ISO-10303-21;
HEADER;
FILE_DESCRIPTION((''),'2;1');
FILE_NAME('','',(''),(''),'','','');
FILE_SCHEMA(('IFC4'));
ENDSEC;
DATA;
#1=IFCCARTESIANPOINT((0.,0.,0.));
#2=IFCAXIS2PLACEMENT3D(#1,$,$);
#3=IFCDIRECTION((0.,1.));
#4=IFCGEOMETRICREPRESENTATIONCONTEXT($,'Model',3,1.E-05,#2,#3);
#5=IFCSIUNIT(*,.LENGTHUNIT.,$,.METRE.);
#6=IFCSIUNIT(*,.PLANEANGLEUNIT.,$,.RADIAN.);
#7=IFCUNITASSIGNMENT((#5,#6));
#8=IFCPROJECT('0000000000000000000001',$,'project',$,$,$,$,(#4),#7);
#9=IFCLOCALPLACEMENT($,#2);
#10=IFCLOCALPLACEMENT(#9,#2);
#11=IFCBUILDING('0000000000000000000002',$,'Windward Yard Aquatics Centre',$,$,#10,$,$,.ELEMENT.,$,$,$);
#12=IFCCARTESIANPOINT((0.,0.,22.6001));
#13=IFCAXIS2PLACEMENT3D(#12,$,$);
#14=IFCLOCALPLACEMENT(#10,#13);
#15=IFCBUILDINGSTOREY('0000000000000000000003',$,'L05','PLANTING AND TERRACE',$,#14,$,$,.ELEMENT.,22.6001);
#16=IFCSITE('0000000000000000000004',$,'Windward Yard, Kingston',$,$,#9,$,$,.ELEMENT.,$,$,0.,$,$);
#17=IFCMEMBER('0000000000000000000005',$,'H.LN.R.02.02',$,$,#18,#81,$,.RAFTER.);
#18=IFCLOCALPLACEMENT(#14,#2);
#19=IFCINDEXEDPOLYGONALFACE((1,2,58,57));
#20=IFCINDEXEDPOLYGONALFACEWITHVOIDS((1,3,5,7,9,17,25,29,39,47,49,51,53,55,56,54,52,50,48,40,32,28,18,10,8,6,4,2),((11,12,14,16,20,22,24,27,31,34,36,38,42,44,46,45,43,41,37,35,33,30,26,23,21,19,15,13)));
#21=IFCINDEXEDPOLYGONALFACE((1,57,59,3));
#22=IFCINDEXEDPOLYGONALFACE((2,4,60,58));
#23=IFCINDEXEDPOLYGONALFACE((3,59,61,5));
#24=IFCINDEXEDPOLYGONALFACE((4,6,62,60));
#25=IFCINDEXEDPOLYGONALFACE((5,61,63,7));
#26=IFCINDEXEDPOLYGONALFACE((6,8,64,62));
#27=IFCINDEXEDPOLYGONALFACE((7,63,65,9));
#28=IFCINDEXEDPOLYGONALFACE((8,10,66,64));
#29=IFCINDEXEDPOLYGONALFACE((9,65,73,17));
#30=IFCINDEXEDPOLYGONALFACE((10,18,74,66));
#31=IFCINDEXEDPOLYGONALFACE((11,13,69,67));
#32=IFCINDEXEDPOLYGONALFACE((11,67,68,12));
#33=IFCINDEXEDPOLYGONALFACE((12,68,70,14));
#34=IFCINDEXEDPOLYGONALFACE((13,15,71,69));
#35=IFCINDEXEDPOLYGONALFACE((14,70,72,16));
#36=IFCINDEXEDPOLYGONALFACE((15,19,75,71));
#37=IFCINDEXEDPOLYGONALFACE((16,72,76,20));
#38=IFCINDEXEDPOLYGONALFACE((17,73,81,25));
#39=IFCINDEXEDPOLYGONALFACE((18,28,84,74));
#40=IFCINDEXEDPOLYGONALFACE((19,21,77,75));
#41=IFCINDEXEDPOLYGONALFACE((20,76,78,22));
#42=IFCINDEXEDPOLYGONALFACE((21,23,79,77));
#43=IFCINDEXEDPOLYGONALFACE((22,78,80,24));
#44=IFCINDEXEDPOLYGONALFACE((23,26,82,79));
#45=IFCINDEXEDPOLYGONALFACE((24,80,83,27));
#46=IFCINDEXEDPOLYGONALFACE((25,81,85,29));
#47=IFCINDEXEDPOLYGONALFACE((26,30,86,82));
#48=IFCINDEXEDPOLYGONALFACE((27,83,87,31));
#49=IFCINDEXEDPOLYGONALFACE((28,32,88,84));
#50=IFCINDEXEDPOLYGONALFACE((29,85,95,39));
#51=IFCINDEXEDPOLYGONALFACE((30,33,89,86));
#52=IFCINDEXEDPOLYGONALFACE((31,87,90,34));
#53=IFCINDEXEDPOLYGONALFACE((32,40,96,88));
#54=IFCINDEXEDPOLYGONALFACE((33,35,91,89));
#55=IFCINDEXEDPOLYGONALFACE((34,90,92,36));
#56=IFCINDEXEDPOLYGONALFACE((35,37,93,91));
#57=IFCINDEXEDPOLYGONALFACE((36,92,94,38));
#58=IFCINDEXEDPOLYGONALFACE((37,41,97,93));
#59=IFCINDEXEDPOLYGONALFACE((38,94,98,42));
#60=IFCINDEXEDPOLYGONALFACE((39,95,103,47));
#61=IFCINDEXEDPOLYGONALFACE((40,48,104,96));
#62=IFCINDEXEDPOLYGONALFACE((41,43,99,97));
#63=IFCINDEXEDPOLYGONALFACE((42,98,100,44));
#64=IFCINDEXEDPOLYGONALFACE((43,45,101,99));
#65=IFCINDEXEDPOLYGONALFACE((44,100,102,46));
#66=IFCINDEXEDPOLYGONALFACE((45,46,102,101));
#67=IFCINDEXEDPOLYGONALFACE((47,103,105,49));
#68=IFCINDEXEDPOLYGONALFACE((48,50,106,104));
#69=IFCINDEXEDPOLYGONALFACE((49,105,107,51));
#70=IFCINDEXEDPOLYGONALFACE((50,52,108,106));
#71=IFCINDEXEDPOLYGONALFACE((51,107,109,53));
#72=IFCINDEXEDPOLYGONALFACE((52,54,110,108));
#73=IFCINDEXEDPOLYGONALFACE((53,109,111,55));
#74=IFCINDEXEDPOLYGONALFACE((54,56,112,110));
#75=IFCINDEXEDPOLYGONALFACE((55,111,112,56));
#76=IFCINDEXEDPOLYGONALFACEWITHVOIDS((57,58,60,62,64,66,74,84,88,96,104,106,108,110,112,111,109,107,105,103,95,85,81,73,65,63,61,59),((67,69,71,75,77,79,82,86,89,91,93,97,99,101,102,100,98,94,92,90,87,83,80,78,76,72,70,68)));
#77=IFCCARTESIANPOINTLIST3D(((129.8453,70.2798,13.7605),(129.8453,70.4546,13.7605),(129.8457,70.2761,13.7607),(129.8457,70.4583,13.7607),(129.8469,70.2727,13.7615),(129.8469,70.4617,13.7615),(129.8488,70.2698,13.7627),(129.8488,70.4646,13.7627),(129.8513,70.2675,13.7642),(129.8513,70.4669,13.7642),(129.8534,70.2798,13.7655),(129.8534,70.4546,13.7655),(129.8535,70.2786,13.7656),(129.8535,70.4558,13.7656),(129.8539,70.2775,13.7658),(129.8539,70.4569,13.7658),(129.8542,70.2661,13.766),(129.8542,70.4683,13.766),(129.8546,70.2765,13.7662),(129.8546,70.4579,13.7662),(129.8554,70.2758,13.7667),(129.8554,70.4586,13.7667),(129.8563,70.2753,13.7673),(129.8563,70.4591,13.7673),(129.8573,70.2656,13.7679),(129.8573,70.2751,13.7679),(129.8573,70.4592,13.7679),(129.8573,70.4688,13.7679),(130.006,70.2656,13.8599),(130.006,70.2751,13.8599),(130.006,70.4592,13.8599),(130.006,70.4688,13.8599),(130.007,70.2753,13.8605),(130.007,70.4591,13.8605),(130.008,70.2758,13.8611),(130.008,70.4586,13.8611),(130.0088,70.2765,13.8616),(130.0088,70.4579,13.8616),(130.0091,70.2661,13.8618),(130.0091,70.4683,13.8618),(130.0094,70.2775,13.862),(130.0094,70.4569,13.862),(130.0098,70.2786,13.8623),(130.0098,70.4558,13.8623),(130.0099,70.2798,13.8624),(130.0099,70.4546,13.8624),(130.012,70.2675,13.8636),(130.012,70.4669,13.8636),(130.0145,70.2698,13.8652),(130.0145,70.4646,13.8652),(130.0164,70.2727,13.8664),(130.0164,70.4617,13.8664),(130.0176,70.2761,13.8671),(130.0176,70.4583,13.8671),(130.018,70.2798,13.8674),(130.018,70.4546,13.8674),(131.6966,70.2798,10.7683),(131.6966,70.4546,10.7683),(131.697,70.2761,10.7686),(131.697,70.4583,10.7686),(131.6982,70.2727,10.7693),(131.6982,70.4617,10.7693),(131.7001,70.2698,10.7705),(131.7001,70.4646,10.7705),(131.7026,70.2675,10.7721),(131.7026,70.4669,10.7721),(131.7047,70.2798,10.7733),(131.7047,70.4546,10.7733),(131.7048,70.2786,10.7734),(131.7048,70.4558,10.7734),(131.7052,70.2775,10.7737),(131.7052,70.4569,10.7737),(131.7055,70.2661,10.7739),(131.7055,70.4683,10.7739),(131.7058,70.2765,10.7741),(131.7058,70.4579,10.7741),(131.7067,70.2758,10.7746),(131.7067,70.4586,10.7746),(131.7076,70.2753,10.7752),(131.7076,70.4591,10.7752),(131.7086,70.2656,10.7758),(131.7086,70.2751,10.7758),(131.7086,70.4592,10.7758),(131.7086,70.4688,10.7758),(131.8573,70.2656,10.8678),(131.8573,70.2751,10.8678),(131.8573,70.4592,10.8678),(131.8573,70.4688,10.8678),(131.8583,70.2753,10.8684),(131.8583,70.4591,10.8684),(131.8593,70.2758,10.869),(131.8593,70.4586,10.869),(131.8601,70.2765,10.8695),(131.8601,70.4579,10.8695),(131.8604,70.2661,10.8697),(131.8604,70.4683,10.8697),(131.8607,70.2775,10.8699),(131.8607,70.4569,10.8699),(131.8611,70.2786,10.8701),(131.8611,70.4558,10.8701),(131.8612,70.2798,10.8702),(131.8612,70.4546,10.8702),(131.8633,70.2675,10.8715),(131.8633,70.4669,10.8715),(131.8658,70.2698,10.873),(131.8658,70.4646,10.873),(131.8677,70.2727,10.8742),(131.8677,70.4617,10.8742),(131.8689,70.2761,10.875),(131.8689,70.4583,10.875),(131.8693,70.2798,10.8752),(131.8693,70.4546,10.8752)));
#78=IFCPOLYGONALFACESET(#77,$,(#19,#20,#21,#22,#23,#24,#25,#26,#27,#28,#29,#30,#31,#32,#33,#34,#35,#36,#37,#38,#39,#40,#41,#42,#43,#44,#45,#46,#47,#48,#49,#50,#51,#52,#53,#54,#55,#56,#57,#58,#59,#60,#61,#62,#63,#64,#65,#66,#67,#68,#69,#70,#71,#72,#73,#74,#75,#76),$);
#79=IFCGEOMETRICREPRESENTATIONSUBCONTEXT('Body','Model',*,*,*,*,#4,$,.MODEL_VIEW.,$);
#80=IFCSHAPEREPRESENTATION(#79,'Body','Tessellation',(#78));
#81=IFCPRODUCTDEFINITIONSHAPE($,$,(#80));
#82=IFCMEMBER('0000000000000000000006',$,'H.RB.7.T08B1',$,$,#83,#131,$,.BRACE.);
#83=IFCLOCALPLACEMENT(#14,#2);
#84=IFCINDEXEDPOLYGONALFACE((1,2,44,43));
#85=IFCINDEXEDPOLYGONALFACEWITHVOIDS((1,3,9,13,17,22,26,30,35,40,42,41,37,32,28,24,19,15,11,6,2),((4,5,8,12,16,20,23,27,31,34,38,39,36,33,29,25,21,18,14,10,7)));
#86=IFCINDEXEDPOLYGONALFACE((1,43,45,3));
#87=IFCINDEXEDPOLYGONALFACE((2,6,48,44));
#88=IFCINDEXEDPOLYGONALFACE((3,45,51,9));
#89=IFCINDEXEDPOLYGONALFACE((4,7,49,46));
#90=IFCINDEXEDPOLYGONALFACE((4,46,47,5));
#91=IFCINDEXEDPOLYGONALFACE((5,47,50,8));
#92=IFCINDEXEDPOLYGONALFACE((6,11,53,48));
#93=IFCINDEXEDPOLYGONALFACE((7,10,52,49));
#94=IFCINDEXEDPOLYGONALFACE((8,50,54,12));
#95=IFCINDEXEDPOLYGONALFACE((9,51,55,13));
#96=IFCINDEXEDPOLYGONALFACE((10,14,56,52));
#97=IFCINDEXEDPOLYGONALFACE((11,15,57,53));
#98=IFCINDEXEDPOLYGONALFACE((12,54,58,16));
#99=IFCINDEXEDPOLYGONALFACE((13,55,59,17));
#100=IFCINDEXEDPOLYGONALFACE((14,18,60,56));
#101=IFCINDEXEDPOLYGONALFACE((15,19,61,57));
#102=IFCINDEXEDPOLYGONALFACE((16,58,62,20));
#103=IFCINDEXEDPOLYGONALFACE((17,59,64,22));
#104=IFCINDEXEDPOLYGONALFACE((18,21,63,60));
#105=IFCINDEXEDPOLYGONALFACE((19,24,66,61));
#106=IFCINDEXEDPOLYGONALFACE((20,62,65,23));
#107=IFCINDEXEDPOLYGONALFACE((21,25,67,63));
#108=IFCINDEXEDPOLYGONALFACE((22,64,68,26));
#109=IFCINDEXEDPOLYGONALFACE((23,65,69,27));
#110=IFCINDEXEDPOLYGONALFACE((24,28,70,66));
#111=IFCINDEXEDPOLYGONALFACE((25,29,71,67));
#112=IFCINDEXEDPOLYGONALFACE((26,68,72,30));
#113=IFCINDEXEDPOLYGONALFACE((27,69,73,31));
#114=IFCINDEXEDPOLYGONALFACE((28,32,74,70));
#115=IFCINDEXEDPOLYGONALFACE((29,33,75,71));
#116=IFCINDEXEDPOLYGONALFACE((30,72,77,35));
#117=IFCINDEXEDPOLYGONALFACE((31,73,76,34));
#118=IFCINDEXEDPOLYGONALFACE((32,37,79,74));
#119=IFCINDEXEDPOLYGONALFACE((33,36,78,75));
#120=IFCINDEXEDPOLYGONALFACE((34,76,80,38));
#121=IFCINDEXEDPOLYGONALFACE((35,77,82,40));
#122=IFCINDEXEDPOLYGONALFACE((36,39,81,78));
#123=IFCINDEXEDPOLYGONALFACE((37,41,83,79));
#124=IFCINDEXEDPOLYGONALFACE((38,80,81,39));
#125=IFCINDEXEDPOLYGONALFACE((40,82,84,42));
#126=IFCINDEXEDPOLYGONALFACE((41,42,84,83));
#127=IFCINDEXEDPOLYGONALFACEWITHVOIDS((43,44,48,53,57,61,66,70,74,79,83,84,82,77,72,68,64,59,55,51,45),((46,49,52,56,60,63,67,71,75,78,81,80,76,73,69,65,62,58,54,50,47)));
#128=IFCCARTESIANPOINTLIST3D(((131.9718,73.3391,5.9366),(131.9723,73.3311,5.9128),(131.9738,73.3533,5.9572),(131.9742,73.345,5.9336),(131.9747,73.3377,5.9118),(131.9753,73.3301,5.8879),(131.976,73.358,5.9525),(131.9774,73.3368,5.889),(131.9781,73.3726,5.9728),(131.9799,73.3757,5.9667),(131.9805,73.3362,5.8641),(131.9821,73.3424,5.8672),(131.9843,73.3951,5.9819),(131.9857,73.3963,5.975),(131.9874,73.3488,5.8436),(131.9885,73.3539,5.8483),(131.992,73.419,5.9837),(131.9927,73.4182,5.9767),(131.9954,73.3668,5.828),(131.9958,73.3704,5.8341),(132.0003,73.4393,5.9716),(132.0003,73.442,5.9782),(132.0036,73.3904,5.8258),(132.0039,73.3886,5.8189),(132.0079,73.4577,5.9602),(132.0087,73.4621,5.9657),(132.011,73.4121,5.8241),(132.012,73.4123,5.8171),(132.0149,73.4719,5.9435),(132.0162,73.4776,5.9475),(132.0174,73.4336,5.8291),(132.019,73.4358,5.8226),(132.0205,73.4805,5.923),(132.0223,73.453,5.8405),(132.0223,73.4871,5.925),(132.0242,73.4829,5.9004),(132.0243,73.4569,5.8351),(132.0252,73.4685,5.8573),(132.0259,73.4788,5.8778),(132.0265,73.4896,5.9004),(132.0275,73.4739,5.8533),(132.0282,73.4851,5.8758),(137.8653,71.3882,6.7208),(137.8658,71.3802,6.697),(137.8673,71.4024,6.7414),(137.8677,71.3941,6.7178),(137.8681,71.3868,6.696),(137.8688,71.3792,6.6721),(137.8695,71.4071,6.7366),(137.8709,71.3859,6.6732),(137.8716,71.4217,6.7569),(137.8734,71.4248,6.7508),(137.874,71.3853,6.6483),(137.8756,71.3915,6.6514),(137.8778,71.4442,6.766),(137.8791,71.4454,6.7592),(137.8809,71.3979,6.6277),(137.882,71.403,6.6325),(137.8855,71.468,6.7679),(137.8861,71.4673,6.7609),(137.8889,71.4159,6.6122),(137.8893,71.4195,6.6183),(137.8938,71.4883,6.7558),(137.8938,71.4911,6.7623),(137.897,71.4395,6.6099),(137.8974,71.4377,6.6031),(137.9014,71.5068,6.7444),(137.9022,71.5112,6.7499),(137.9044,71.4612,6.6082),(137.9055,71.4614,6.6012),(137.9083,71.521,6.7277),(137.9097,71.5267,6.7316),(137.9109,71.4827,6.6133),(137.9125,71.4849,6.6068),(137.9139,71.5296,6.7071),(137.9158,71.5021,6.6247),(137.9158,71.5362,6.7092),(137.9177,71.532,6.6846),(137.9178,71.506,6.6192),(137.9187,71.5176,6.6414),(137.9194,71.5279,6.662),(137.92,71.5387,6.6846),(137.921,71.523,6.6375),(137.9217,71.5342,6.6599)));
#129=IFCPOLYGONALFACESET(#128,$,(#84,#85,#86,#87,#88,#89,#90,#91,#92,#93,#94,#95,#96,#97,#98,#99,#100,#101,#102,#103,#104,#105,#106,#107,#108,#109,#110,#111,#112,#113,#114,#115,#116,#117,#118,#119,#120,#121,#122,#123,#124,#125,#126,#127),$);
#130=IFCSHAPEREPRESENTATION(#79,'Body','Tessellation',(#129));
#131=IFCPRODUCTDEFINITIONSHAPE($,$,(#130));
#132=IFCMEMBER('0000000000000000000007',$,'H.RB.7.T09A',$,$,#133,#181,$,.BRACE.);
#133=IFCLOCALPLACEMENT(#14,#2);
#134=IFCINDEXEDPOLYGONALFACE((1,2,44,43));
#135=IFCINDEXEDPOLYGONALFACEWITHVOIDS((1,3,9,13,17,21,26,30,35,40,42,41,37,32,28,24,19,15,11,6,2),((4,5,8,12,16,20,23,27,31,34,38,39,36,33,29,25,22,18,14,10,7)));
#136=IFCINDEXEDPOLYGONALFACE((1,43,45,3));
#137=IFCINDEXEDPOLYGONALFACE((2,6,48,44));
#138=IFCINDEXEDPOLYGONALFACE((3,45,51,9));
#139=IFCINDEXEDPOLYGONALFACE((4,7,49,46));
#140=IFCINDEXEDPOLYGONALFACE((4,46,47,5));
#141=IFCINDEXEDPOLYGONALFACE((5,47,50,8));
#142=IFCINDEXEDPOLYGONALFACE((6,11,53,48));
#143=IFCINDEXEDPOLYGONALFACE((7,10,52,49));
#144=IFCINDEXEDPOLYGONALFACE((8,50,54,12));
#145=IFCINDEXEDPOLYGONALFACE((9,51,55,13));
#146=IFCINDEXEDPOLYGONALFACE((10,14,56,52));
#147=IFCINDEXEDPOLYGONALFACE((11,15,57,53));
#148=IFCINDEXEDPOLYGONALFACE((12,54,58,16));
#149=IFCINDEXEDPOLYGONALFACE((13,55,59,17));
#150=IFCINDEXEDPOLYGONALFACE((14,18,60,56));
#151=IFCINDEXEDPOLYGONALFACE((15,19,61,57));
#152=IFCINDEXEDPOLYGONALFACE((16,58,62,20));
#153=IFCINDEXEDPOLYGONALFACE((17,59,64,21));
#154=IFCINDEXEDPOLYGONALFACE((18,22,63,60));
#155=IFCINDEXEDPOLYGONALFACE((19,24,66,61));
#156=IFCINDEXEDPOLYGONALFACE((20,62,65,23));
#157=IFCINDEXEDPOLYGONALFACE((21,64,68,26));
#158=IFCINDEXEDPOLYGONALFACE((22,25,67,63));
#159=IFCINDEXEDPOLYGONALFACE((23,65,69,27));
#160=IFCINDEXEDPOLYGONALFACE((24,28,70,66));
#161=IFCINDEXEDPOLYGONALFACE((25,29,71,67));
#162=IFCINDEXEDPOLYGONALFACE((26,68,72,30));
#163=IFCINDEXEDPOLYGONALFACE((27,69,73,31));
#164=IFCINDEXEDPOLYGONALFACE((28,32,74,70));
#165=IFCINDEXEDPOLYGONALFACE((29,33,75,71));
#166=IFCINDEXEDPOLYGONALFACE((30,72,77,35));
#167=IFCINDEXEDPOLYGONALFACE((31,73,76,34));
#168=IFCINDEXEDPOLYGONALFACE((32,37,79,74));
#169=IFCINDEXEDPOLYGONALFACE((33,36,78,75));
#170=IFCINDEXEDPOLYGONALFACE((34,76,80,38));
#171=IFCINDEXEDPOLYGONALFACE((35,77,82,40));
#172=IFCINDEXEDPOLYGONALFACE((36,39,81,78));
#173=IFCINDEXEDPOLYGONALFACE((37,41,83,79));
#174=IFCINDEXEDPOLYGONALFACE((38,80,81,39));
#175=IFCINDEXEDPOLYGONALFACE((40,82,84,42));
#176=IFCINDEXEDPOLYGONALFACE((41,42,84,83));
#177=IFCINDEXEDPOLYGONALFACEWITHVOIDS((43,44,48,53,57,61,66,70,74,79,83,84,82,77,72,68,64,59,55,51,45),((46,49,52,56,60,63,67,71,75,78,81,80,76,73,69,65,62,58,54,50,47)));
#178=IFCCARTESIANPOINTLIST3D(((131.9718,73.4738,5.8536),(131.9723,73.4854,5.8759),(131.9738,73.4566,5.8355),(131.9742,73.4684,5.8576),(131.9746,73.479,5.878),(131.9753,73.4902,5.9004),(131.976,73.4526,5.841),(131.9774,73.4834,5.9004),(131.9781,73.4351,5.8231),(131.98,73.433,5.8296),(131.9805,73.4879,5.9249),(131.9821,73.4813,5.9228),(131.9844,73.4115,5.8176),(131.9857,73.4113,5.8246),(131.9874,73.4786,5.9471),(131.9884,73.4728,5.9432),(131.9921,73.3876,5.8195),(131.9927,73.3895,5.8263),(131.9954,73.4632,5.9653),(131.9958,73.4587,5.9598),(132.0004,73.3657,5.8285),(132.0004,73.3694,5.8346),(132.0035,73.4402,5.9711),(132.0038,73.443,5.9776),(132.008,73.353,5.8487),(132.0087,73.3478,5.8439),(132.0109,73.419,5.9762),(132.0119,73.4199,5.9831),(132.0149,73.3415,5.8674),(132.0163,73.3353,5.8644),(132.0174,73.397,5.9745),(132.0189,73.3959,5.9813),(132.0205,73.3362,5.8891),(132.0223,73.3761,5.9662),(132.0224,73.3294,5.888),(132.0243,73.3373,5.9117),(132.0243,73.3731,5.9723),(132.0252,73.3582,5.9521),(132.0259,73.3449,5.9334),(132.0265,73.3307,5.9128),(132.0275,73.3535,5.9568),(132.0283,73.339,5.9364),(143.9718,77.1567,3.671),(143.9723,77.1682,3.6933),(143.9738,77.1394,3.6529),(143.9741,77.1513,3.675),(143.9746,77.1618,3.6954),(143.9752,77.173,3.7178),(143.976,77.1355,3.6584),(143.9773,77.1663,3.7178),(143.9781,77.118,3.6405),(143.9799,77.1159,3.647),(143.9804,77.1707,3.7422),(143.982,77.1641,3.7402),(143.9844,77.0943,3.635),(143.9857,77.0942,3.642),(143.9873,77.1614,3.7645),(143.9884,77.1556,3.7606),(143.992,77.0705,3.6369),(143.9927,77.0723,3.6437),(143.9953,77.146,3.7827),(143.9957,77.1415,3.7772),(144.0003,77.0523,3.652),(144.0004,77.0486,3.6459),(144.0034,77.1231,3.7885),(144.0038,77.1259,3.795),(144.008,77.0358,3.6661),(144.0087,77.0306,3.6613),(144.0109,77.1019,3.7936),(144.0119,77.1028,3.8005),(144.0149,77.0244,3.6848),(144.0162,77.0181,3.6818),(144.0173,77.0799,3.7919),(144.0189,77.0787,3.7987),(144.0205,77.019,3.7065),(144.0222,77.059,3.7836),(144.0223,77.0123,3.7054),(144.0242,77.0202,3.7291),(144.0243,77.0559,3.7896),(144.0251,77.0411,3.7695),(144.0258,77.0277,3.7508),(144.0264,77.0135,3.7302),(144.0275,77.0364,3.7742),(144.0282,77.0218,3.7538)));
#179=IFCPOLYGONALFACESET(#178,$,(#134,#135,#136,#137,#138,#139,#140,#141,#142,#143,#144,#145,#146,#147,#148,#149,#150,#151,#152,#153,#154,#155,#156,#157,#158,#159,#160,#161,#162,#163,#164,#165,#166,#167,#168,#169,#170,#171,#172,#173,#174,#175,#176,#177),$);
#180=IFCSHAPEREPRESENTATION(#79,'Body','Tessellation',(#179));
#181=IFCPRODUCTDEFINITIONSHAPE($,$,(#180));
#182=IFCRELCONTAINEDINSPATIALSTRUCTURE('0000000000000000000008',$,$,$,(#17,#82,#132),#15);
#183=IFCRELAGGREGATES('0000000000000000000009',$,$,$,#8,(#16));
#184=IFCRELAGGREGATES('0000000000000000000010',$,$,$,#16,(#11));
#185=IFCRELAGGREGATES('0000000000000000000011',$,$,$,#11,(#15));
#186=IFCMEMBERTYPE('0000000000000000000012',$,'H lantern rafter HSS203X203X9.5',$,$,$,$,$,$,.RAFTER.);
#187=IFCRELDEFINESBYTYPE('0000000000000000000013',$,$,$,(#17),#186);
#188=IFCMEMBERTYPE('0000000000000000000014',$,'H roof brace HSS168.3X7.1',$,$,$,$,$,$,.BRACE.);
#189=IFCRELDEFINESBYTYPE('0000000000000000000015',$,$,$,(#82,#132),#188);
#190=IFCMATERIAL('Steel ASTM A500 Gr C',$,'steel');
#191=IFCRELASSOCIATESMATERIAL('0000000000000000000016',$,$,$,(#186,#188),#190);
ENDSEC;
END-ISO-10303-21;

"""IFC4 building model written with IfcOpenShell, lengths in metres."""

from ifc_helpers import new_model, si_unit, direction, frame, origin, origin_2d, place, context, subcontext, project, spatial, hollow_rectangle, hollow_circle, extrude, material, material_profile, profile_set, type_object, element, save


model = new_model("IFC4")

# Units and contexts
model_context = context("Model", 3, precision=1e-05, world=origin(), true_north=direction((0.0, 1.0)))
body_context = subcontext(model_context, "Body", "Model", "MODEL_VIEW")
ifc_project = project(units=[si_unit("LENGTHUNIT", "METRE"), si_unit("PLANEANGLEUNIT", "RADIAN")], contexts=[model_context])

# Site, building, storey
site_placement = place(None, origin())
site = spatial("IfcSite", under=ifc_project, at=site_placement, Name="Windward Yard, Kingston", CompositionType="ELEMENT", RefElevation=0.0)
building_placement = place(site_placement, origin())
building = spatial("IfcBuilding", under=site, at=building_placement, Name="Windward Yard Aquatics Centre", CompositionType="ELEMENT")
storey_placement = place(building_placement, frame((0.0, 0.0, 22.6001)))
storey = spatial("IfcBuildingStorey", under=building, at=storey_placement, Name="L05", Description="PLANTING AND TERRACE", CompositionType="ELEMENT", Elevation=22.6001)

# Shared definitions
ifc_material_1 = material(Name="Steel ASTM A500 Gr C", Category="steel")

# Members
ifc_material_profile_1 = material_profile(ifc_material_1, hollow_rectangle(XDim=0.2031, YDim=0.2031, WallThickness=0.0095, InnerFilletRadius=0.0046, OuterFilletRadius=0.0142, at=origin_2d()), Name="HSS203X203X9.5")
ifc_profile_set_1 = profile_set([ifc_material_profile_1], Name="Steel ASTM A500 Gr C")
member_type_1 = type_object("IfcMemberType", Name="H lantern rafter HSS203X203X9.5", PredefinedType="RAFTER", material=ifc_profile_set_1)
member_1_placement = place(storey_placement, frame((131.783, 70.3672, 10.8218), z_axis=(-0.526152, 0.0, 0.850391), x_axis=(0.0, -1.0, 0.0)))
element("IfcMember", 1, at=member_1_placement, inside=storey, type_object=member_type_1, Name="H.LN.R.02.02", PredefinedType="RAFTER", context=body_context, shape_type="SweptSolid", body=[
    extrude(hollow_rectangle(XDim=0.2031, YDim=0.2031, WallThickness=0.0095, InnerFilletRadius=0.0046, OuterFilletRadius=0.0142, at=origin_2d()), origin(), (0.0, 0.0, 1.0), 3.5186),
])
ifc_material_profile_2 = material_profile(ifc_material_1, hollow_circle(Radius=0.0842, WallThickness=0.0071, at=origin_2d()), Name="HSS168.3X7.1")
ifc_profile_set_2 = profile_set([ifc_material_profile_2], Name="Steel ASTM A500 Gr C")
member_type_2 = type_object("IfcMemberType", Name="H roof brace HSS168.3X7.1", PredefinedType="BRACE", material=ifc_profile_set_2)
member_2_placement = place(storey_placement, frame((132.0, 73.4097, 5.9004), z_axis=(0.941854, -0.311779, 0.12532), x_axis=(0.314257, 0.949338, 0.0)))
element("IfcMember", 2, at=member_2_placement, inside=storey, type_object=member_type_2, Name="H.RB.7.T08B1", PredefinedType="BRACE", context=body_context, shape_type="SweptSolid", body=[
    extrude(hollow_circle(Radius=0.0842, WallThickness=0.0071, at=origin_2d()), origin(), (0.0, 0.0, 1.0), 6.2573),
])
member_3_placement = place(storey_placement, frame((132.0, 73.4097, 5.9004), z_axis=(0.941858, 0.289061, -0.17131), x_axis=(-0.293398, 0.95599, 0.0)))
element("IfcMember", 3, at=member_3_placement, inside=storey, type_object=member_type_2, Name="H.RB.7.T09A", PredefinedType="BRACE", context=body_context, shape_type="SweptSolid", body=[
    extrude(hollow_circle(Radius=0.0842, WallThickness=0.0071, at=origin_2d()), origin(), (0.0, 0.0, 1.0), 12.7407),
])

save(model, "model.ifc")
